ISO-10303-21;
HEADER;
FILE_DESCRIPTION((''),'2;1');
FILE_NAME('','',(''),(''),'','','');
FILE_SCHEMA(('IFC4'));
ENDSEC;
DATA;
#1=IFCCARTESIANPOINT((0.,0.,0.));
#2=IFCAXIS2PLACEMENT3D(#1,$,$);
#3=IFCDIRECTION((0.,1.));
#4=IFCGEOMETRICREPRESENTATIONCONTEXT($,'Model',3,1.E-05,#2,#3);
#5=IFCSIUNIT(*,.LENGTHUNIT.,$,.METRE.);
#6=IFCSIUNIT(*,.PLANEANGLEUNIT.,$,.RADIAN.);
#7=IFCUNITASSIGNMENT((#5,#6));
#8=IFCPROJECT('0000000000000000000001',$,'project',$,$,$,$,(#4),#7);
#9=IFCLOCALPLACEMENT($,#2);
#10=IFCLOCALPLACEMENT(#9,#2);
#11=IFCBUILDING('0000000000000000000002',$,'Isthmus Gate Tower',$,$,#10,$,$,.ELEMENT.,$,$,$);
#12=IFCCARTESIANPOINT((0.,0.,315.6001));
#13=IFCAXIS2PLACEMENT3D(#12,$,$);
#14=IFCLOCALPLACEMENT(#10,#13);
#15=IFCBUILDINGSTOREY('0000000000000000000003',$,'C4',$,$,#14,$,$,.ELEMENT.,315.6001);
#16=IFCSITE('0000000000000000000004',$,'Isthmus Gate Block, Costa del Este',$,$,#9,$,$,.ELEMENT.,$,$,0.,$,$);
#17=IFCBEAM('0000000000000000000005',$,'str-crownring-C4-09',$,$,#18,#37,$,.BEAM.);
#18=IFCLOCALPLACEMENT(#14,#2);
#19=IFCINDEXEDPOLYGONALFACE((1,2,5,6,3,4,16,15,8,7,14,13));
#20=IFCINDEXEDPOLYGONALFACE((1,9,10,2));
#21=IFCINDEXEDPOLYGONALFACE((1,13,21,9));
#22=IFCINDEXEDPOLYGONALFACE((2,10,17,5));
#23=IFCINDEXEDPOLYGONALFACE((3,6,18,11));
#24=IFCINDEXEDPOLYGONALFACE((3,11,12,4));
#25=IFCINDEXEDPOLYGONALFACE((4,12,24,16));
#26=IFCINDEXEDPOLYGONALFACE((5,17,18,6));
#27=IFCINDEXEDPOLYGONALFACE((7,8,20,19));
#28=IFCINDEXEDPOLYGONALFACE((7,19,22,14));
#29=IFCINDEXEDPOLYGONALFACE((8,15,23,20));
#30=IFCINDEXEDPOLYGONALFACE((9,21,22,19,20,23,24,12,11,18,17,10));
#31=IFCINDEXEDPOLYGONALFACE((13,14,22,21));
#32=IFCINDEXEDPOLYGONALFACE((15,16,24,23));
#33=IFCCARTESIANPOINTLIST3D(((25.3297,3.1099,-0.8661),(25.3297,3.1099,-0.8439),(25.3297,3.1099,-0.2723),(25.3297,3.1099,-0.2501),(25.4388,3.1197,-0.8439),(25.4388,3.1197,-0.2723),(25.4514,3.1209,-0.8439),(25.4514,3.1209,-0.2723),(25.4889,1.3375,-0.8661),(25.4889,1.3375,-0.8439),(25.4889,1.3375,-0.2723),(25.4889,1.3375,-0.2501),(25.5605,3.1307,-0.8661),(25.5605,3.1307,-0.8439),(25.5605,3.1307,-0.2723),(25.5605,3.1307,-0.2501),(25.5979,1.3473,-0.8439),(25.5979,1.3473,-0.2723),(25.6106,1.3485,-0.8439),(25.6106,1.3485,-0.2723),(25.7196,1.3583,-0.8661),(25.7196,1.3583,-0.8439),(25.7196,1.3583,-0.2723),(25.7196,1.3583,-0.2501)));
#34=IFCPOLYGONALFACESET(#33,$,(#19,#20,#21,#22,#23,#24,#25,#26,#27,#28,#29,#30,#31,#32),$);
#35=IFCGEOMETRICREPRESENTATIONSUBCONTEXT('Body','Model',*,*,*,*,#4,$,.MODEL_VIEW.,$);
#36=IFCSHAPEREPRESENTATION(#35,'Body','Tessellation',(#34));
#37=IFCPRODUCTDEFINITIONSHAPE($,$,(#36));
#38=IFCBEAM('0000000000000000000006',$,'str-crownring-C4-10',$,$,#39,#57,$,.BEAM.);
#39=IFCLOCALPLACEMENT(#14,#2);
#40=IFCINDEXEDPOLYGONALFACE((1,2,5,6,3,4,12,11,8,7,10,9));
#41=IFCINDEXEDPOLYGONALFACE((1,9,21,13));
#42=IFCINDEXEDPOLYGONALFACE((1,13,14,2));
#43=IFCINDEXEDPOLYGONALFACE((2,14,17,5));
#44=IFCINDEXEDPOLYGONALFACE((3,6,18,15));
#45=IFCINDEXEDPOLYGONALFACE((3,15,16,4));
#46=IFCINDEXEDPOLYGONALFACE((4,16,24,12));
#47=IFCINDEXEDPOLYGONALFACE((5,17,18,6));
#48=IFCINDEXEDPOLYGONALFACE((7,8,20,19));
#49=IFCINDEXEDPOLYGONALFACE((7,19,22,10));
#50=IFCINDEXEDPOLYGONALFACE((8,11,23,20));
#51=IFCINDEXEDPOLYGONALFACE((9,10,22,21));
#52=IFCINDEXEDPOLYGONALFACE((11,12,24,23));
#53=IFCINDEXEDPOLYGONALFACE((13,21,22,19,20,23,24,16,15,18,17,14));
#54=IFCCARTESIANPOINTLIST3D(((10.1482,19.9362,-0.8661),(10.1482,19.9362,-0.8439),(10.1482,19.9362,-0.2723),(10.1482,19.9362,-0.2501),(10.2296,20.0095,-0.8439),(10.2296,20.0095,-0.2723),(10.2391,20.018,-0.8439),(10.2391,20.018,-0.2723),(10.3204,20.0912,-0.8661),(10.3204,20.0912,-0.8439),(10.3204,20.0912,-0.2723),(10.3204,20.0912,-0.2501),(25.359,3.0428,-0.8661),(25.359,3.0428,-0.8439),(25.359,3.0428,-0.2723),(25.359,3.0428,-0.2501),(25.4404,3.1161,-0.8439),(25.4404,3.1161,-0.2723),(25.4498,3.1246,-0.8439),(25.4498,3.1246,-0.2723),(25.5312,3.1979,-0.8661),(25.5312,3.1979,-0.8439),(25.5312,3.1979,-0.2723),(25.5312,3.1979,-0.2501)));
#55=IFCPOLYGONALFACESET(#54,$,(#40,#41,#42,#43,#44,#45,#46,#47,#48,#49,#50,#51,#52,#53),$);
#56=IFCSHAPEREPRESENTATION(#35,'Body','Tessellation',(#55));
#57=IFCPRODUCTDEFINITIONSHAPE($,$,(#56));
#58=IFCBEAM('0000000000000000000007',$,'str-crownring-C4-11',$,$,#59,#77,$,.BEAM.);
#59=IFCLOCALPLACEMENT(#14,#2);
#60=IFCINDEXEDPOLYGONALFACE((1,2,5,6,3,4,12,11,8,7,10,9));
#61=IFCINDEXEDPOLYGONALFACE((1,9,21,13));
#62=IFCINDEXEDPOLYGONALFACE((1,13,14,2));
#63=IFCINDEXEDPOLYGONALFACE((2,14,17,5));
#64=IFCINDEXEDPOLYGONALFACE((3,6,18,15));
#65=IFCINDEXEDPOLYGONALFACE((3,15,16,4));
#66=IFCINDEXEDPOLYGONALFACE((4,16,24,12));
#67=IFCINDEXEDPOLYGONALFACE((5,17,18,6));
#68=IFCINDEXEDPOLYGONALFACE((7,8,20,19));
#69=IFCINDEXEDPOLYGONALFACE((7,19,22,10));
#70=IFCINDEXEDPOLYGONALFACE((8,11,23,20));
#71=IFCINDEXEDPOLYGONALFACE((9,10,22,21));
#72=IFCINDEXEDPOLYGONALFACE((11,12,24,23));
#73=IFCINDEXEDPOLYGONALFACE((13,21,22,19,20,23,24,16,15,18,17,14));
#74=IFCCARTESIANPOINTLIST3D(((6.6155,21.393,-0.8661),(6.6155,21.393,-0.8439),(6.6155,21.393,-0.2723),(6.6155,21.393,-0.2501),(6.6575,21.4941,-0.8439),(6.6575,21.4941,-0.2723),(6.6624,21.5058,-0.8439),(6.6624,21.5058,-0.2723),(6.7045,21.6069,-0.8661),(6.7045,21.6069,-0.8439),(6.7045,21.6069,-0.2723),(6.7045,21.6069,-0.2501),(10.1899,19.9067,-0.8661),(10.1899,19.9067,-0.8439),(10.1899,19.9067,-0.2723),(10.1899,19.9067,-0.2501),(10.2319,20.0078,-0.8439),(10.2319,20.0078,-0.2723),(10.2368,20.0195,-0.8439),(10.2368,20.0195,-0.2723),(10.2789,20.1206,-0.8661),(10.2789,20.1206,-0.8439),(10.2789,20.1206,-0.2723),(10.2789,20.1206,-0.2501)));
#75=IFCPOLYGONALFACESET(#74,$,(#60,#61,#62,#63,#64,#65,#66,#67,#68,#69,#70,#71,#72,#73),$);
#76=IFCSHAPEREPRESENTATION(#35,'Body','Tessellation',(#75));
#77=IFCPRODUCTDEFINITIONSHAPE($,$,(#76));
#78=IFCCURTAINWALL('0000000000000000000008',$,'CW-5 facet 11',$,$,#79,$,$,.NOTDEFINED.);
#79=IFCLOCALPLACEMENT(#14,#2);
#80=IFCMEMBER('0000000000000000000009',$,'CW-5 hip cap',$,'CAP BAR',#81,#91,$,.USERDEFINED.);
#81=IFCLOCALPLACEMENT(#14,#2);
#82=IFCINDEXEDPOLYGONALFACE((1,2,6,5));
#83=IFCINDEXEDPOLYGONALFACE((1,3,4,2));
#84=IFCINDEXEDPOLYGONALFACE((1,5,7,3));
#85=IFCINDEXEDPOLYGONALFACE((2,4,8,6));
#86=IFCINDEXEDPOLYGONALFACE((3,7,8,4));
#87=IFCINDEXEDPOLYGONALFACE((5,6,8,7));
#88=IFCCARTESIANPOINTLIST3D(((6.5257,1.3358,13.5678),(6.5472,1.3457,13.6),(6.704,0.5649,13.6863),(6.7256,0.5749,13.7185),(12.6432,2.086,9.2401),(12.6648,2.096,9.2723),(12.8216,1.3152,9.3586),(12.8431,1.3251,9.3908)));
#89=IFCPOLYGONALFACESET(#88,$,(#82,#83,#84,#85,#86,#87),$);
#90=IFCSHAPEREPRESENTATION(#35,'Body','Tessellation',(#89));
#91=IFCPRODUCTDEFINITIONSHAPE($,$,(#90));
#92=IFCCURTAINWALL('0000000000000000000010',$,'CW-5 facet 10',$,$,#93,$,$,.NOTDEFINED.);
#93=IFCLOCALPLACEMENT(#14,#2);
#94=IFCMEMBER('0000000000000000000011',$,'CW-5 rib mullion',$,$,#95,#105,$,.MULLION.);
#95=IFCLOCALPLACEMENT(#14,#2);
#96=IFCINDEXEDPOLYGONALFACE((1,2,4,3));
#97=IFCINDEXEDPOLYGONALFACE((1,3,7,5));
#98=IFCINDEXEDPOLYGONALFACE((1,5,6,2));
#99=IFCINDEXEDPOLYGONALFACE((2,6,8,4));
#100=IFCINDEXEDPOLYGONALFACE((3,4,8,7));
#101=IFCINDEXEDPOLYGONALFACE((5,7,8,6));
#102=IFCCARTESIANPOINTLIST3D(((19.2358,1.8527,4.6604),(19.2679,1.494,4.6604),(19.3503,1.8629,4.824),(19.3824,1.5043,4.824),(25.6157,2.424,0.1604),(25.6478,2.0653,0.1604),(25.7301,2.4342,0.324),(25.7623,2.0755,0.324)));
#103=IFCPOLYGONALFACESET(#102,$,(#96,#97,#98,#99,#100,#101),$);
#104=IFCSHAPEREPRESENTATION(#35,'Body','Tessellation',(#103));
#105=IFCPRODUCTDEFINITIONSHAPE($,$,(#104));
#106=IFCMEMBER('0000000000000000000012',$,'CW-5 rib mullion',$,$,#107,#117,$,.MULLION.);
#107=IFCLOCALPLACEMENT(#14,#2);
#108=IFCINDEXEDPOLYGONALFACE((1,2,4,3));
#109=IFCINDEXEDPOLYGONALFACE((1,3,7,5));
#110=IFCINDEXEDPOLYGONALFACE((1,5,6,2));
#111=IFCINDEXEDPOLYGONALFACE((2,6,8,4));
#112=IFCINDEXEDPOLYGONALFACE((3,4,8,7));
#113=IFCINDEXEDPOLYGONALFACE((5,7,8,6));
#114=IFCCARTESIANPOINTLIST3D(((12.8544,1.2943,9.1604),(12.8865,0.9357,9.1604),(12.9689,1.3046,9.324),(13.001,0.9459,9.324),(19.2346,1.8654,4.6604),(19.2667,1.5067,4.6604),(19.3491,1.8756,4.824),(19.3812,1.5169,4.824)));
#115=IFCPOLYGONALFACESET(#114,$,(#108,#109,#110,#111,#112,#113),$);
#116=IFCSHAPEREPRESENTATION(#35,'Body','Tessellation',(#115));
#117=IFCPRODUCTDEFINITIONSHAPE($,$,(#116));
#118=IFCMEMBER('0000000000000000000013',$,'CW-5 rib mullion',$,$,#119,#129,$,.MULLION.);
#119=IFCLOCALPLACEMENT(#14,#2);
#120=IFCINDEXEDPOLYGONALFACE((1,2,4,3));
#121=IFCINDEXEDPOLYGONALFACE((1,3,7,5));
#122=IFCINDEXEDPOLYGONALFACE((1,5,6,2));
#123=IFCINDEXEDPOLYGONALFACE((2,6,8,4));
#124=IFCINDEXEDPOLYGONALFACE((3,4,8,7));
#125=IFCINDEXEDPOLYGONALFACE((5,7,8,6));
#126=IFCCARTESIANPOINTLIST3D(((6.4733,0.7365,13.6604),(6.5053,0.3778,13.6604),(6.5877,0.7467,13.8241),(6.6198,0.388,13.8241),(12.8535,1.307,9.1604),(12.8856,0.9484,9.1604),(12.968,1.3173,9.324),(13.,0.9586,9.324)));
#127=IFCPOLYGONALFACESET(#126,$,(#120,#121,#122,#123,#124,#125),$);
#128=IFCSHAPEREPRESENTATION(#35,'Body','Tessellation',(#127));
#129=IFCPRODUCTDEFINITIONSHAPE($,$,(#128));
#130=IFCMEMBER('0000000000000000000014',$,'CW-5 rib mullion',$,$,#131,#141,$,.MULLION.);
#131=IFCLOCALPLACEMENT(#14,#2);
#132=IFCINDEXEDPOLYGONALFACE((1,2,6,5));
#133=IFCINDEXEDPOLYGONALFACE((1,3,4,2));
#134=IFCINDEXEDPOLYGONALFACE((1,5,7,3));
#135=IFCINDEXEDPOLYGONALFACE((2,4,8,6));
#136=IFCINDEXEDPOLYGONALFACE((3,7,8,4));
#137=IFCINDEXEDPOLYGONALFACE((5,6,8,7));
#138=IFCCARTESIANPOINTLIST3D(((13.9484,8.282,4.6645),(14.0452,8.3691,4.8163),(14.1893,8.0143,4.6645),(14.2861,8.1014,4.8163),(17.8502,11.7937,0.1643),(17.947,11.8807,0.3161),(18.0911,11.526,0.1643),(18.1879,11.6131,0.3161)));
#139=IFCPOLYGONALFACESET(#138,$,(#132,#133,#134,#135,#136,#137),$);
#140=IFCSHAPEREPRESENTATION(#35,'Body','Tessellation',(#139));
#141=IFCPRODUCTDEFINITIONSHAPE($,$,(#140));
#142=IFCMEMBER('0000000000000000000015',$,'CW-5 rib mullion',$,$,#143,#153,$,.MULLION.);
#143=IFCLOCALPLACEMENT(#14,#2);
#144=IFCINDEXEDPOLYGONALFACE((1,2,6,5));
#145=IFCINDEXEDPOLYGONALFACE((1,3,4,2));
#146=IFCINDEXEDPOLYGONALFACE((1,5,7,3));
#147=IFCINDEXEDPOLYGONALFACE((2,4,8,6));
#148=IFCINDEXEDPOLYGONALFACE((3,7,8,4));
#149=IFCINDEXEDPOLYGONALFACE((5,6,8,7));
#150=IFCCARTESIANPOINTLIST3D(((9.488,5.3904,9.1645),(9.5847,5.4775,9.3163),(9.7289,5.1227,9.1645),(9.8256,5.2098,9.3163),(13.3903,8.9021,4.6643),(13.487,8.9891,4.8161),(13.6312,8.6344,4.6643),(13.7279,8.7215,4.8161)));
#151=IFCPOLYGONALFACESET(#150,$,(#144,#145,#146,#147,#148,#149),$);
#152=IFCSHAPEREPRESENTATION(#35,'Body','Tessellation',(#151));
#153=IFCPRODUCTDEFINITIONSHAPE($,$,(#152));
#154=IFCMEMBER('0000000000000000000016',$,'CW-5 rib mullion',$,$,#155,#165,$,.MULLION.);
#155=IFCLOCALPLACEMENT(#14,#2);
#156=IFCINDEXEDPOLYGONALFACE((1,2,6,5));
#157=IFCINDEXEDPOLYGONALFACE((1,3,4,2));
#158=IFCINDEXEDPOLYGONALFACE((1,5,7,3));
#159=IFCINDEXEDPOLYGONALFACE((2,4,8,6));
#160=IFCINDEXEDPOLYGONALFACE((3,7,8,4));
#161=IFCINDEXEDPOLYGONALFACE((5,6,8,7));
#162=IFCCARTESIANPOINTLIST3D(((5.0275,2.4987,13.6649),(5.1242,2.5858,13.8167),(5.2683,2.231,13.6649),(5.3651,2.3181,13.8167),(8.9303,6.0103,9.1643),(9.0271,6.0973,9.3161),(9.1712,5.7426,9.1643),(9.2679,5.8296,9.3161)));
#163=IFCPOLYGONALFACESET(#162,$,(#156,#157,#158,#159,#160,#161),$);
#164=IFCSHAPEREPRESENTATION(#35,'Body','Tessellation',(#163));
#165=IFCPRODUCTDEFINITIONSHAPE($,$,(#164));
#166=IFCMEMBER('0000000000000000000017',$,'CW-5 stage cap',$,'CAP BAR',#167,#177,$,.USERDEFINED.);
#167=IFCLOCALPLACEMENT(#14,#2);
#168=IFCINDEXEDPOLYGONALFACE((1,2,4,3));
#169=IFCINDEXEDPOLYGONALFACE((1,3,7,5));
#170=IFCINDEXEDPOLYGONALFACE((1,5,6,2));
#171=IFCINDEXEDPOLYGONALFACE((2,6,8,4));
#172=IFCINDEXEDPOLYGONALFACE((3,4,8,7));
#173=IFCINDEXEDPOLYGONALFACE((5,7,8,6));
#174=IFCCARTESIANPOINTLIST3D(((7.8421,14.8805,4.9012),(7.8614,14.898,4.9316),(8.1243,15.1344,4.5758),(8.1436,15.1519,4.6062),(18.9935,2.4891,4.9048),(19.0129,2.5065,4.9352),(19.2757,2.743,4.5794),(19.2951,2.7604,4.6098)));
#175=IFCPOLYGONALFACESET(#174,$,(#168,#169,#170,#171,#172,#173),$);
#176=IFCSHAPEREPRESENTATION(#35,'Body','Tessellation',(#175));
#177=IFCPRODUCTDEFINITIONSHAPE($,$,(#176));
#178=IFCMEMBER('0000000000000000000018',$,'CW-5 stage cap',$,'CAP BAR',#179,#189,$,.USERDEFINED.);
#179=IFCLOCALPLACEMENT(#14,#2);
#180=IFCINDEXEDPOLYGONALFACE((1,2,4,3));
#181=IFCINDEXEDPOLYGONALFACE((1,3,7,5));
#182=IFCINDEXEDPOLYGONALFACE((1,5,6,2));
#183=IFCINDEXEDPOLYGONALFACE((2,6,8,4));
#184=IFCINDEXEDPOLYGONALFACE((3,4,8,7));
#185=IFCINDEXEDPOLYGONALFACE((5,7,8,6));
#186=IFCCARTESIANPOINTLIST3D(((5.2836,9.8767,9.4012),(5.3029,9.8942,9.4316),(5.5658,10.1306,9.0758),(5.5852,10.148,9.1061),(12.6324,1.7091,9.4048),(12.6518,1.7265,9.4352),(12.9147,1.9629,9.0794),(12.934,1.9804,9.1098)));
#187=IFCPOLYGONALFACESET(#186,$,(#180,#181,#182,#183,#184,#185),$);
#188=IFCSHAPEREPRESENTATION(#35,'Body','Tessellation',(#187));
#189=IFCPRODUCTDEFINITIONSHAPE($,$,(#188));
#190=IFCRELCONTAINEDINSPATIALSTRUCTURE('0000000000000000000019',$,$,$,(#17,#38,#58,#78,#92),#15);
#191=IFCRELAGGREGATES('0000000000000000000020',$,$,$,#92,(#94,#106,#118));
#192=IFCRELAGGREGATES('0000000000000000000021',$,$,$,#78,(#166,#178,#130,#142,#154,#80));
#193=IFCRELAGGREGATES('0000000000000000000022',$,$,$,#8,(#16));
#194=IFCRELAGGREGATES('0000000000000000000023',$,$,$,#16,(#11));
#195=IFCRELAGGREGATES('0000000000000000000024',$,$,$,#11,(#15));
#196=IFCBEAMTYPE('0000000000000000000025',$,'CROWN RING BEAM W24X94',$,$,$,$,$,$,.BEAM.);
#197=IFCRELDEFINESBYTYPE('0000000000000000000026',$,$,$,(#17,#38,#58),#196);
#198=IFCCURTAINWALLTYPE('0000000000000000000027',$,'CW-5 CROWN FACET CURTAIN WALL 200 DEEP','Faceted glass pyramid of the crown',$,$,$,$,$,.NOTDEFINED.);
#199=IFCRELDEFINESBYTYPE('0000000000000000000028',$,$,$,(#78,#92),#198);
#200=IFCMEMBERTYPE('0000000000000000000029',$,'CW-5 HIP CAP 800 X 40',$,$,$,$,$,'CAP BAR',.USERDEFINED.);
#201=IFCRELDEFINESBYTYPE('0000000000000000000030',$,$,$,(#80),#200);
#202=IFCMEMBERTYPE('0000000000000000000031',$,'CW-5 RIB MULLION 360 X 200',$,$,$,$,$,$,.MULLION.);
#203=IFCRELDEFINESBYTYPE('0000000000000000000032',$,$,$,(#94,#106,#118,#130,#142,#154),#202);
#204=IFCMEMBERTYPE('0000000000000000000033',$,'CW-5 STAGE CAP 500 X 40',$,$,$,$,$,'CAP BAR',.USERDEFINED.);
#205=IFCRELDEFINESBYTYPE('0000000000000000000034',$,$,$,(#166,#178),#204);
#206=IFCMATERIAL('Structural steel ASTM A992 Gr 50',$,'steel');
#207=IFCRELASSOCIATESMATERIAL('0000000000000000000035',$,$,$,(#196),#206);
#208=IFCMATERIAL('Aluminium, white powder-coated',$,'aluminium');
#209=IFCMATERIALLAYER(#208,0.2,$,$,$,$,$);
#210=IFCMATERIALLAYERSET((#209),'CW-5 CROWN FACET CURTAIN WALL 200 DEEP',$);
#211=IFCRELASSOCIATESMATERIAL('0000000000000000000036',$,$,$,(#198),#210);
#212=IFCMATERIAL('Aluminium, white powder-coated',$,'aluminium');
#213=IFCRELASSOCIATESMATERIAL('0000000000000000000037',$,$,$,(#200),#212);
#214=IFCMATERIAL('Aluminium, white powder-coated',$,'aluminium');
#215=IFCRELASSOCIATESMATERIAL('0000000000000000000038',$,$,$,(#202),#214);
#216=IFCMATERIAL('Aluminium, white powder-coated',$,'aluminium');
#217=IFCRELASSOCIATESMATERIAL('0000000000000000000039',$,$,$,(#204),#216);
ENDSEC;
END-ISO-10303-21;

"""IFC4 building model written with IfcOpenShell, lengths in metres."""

from ifc_helpers import new_model, si_unit, direction, frame, origin, origin_2d, place, context, subcontext, project, spatial, rectangle, i_section, extrude, material, layer, layer_set, material_profile, profile_set, type_object, element, aggregate, save


model = new_model("IFC4")

# Units and contexts
model_context = context("Model", 3, precision=1e-05, world=origin(), true_north=direction((0.0, 1.0)))
body_context = subcontext(model_context, "Body", "Model", "MODEL_VIEW")
ifc_project = project(units=[si_unit("LENGTHUNIT", "METRE"), si_unit("PLANEANGLEUNIT", "RADIAN")], contexts=[model_context])

# Site, building, storey
site_placement = place(None, origin())
site = spatial("IfcSite", under=ifc_project, at=site_placement, Name="Isthmus Gate Block, Costa del Este", CompositionType="ELEMENT", RefElevation=0.0)
building_placement = place(site_placement, origin())
building = spatial("IfcBuilding", under=site, at=building_placement, Name="Isthmus Gate Tower", CompositionType="ELEMENT")
storey_placement = place(building_placement, frame((0.0, 0.0, 315.6001)))
storey = spatial("IfcBuildingStorey", under=building, at=storey_placement, Name="C4", CompositionType="ELEMENT", Elevation=315.6001)

# Beams
ifc_material_1 = material(Name="Structural steel ASTM A992 Gr 50", Category="steel")
ifc_material_profile_1 = material_profile(ifc_material_1, i_section(OverallWidth=0.2317, OverallDepth=0.616, WebThickness=0.0127, FlangeThickness=0.0222, at=origin_2d()), Name="W24X94")
ifc_profile_set_1 = profile_set([ifc_material_profile_1], Name="Structural steel ASTM A992 Gr 50")
beam_type = type_object("IfcBeamType", Name="CROWN RING BEAM W24X94", PredefinedType="BEAM", material=ifc_profile_set_1)
beam_1_placement = place(storey_placement, frame((25.6042, 1.3479, -0.5581), z_axis=(-0.089447, 0.995992, 0.0), x_axis=(-0.995992, -0.089447, 0.0)))
element("IfcBeam", 1, at=beam_1_placement, inside=storey, type_object=beam_type, Name="str-crownring-C4-09", PredefinedType="BEAM", context=body_context, shape_type="SweptSolid", body=[
    extrude(i_section(OverallWidth=0.2317, OverallDepth=0.616, WebThickness=0.0127, FlangeThickness=0.0222, at=origin_2d()), origin(), (0.0, 0.0, 1.0), 1.7795),
])
beam_2_placement = place(storey_placement, frame((25.4451, 3.1204, -0.5581), z_axis=(-0.669128, 0.743147, 0.0), x_axis=(-0.743147, -0.669128, 0.0)))
element("IfcBeam", 2, at=beam_2_placement, inside=storey, type_object=beam_type, Name="str-crownring-C4-10", PredefinedType="BEAM", context=body_context, shape_type="SweptSolid", body=[
    extrude(i_section(OverallWidth=0.2317, OverallDepth=0.616, WebThickness=0.0127, FlangeThickness=0.0222, at=origin_2d()), origin(), (0.0, 0.0, 1.0), 22.7322),
])
beam_3_placement = place(storey_placement, frame((10.2344, 20.0137, -0.5581), z_axis=(-0.923355, 0.383948, 0.0), x_axis=(-0.383948, -0.923355, 0.0)))
element("IfcBeam", 3, at=beam_3_placement, inside=storey, type_object=beam_type, Name="str-crownring-C4-11", PredefinedType="BEAM", context=body_context, shape_type="SweptSolid", body=[
    extrude(i_section(OverallWidth=0.2317, OverallDepth=0.616, WebThickness=0.0127, FlangeThickness=0.0222, at=origin_2d()), origin(), (0.0, 0.0, 1.0), 3.8711),
])

# Curtain wall, member
ifc_material_2 = material(Name="Aluminium, white powder-coated", Category="aluminium")
ifc_layer_1 = layer(ifc_material_2, 0.2)
ifc_layer_set_1 = layer_set([ifc_layer_1], Name="CW-5 CROWN FACET CURTAIN WALL 200 DEEP")
curtain_wall_type = type_object("IfcCurtainWallType", Name="CW-5 CROWN FACET CURTAIN WALL 200 DEEP", Description="Faceted glass pyramid of the crown", PredefinedType="NOTDEFINED", material=ifc_layer_set_1)
curtain_wall_1_placement = place(storey_placement, origin())
curtain_wall_1 = element("IfcCurtainWall", 4, at=curtain_wall_1_placement, inside=storey, type_object=curtain_wall_type, Name="CW-5 facet 11", PredefinedType="NOTDEFINED")
ifc_material_3 = material(Name="Aluminium, white powder-coated", Category="aluminium")
ifc_material_profile_2 = material_profile(ifc_material_3, rectangle(XDim=0.8, YDim=0.04, at=origin_2d()), Name="800x40")
ifc_profile_set_2 = profile_set([ifc_material_profile_2], Name="Aluminium, white powder-coated")
member_type_1 = type_object("IfcMemberType", Name="CW-5 HIP CAP 800 X 40", ElementType="CAP BAR", PredefinedType="USERDEFINED", material=ifc_profile_set_2)
placement_1 = place(building_placement, frame((0.0, 0.0, 324.6001)))
member_1_placement = place(placement_1, frame((12.7432, 1.7056, 0.3154), z_axis=(-0.812312, -0.099622, 0.574652), x_axis=(0.222946, -0.963513, 0.148115)))
member_1 = element("IfcMember", 5, at=member_1_placement, type_object=member_type_1, Name="CW-5 hip cap", ObjectType="CAP BAR", PredefinedType="USERDEFINED", context=body_context, shape_type="SweptSolid", body=[
    extrude(rectangle(XDim=0.8, YDim=0.04, at=origin_2d()), origin(), (0.0, 0.0, 1.0), 7.531),
])

# Curtain wall, members
curtain_wall_2_placement = place(storey_placement, origin())
curtain_wall_2 = element("IfcCurtainWall", 6, at=curtain_wall_2_placement, inside=storey, type_object=curtain_wall_type, Name="CW-5 facet 10", PredefinedType="NOTDEFINED")
ifc_material_4 = material(Name="Aluminium, white powder-coated", Category="aluminium")
ifc_material_profile_3 = material_profile(ifc_material_4, rectangle(XDim=0.3601, YDim=0.2, at=origin_2d()), Name="360x200")
ifc_profile_set_3 = profile_set([ifc_material_profile_3], Name="Aluminium, white powder-coated")
member_type_2 = type_object("IfcMemberType", Name="CW-5 RIB MULLION 360 X 200", PredefinedType="MULLION", material=ifc_profile_set_3)
member_2_placement = place(storey_placement, frame((25.689, 2.2498, 0.2422), z_axis=(-0.814997, -0.072979, 0.574852), x_axis=(0.089189, -0.996015, 0.0)))
member_2 = element("IfcMember", 7, at=member_2_placement, type_object=member_type_2, Name="CW-5 rib mullion", PredefinedType="MULLION", context=body_context, shape_type="SweptSolid", body=[
    extrude(rectangle(XDim=0.3601, YDim=0.2, at=origin_2d()), origin(), (0.0, 0.0, 1.0), 7.8281),
])
placement_2 = place(building_placement, frame((0.0, 0.0, 320.1001)))
member_3_placement = place(placement_2, frame((19.3079, 1.6912, 0.2422), z_axis=(-0.815009, -0.072946, 0.574838), x_axis=(0.089147, -0.996018, 0.0)))
member_3 = element("IfcMember", 8, at=member_3_placement, type_object=member_type_2, Name="CW-5 rib mullion", PredefinedType="MULLION", context=body_context, shape_type="SweptSolid", body=[
    extrude(rectangle(XDim=0.3601, YDim=0.2, at=origin_2d()), origin(), (0.0, 0.0, 1.0), 7.8284),
])
member_4_placement = place(placement_1, frame((12.9268, 1.1328, 0.2422), z_axis=(-0.815013, -0.072884, 0.574841), x_axis=(0.089072, -0.996025, 0.0)))
member_4 = element("IfcMember", 9, at=member_4_placement, type_object=member_type_2, Name="CW-5 rib mullion", PredefinedType="MULLION", context=body_context, shape_type="SweptSolid", body=[
    extrude(rectangle(XDim=0.3601, YDim=0.2, at=origin_2d()), origin(), (0.0, 0.0, 1.0), 7.8284),
])

# Members
member_5_placement = place(storey_placement, frame((18.019, 11.7034, 0.2402), z_axis=(-0.564309, -0.507885, 0.650852), x_axis=(0.66897, -0.74329, 0.0)))
member_5 = element("IfcMember", 10, at=member_5_placement, type_object=member_type_2, Name="CW-5 rib mullion", PredefinedType="MULLION", context=body_context, shape_type="SweptSolid", body=[
    extrude(rectangle(XDim=0.3601, YDim=0.2, at=origin_2d()), origin(), (0.0, 0.0, 1.0), 6.9143),
])
member_6_placement = place(placement_2, frame((13.5591, 8.8118, 0.2402), z_axis=(-0.564357, -0.507865, 0.650826), x_axis=(0.668924, -0.743331, 0.0)))
member_6 = element("IfcMember", 11, at=member_6_placement, type_object=member_type_2, Name="CW-5 rib mullion", PredefinedType="MULLION", context=body_context, shape_type="SweptSolid", body=[
    extrude(rectangle(XDim=0.3601, YDim=0.2, at=origin_2d()), origin(), (0.0, 0.0, 1.0), 6.9146),
])
member_7_placement = place(placement_1, frame((9.0991, 5.9199, 0.2402), z_axis=(-0.564403, -0.507807, 0.650832), x_axis=(0.668852, -0.743396, 0.0)))
member_7 = element("IfcMember", 12, at=member_7_placement, type_object=member_type_2, Name="CW-5 rib mullion", PredefinedType="MULLION", context=body_context, shape_type="SweptSolid", body=[
    extrude(rectangle(XDim=0.3601, YDim=0.2, at=origin_2d()), origin(), (0.0, 0.0, 1.0), 6.915),
])
ifc_material_5 = material(Name="Aluminium, white powder-coated", Category="aluminium")
ifc_material_profile_4 = material_profile(ifc_material_5, rectangle(XDim=0.5, YDim=0.04, at=origin_2d()), Name="500x40")
ifc_profile_set_4 = profile_set([ifc_material_profile_4], Name="Aluminium, white powder-coated")
member_type_3 = type_object("IfcMemberType", Name="CW-5 STAGE CAP 500 X 40", ElementType="CAP BAR", PredefinedType="USERDEFINED", material=ifc_profile_set_4)
member_8_placement = place(storey_placement, frame((19.1443, 2.6248, 4.7573), z_axis=(-0.668936, 0.74332, -0.00022), x_axis=(-0.564436, -0.507761, 0.650838)))
member_8 = element("IfcMember", 13, at=member_8_placement, type_object=member_type_3, Name="CW-5 stage cap", ObjectType="CAP BAR", PredefinedType="USERDEFINED", context=body_context, shape_type="SweptSolid", body=[
    extrude(rectangle(XDim=0.5, YDim=0.04, at=origin_2d()), origin(), (0.0, 0.0, 1.0), 16.6704),
])
member_9_placement = place(placement_2, frame((12.7832, 1.8447, 4.7573), z_axis=(-0.66886, 0.743388, -0.000333), x_axis=(-0.564538, -0.507649, 0.650838)))
member_9 = element("IfcMember", 14, at=member_9_placement, type_object=member_type_3, Name="CW-5 stage cap", ObjectType="CAP BAR", PredefinedType="USERDEFINED", context=body_context, shape_type="SweptSolid", body=[
    extrude(rectangle(XDim=0.5, YDim=0.04, at=origin_2d()), origin(), (0.0, 0.0, 1.0), 10.9871),
])

aggregate(curtain_wall_2, [member_2, member_3, member_4])
aggregate(curtain_wall_1, [member_8, member_9, member_5, member_6, member_7, member_1])

save(model, "model.ifc")
